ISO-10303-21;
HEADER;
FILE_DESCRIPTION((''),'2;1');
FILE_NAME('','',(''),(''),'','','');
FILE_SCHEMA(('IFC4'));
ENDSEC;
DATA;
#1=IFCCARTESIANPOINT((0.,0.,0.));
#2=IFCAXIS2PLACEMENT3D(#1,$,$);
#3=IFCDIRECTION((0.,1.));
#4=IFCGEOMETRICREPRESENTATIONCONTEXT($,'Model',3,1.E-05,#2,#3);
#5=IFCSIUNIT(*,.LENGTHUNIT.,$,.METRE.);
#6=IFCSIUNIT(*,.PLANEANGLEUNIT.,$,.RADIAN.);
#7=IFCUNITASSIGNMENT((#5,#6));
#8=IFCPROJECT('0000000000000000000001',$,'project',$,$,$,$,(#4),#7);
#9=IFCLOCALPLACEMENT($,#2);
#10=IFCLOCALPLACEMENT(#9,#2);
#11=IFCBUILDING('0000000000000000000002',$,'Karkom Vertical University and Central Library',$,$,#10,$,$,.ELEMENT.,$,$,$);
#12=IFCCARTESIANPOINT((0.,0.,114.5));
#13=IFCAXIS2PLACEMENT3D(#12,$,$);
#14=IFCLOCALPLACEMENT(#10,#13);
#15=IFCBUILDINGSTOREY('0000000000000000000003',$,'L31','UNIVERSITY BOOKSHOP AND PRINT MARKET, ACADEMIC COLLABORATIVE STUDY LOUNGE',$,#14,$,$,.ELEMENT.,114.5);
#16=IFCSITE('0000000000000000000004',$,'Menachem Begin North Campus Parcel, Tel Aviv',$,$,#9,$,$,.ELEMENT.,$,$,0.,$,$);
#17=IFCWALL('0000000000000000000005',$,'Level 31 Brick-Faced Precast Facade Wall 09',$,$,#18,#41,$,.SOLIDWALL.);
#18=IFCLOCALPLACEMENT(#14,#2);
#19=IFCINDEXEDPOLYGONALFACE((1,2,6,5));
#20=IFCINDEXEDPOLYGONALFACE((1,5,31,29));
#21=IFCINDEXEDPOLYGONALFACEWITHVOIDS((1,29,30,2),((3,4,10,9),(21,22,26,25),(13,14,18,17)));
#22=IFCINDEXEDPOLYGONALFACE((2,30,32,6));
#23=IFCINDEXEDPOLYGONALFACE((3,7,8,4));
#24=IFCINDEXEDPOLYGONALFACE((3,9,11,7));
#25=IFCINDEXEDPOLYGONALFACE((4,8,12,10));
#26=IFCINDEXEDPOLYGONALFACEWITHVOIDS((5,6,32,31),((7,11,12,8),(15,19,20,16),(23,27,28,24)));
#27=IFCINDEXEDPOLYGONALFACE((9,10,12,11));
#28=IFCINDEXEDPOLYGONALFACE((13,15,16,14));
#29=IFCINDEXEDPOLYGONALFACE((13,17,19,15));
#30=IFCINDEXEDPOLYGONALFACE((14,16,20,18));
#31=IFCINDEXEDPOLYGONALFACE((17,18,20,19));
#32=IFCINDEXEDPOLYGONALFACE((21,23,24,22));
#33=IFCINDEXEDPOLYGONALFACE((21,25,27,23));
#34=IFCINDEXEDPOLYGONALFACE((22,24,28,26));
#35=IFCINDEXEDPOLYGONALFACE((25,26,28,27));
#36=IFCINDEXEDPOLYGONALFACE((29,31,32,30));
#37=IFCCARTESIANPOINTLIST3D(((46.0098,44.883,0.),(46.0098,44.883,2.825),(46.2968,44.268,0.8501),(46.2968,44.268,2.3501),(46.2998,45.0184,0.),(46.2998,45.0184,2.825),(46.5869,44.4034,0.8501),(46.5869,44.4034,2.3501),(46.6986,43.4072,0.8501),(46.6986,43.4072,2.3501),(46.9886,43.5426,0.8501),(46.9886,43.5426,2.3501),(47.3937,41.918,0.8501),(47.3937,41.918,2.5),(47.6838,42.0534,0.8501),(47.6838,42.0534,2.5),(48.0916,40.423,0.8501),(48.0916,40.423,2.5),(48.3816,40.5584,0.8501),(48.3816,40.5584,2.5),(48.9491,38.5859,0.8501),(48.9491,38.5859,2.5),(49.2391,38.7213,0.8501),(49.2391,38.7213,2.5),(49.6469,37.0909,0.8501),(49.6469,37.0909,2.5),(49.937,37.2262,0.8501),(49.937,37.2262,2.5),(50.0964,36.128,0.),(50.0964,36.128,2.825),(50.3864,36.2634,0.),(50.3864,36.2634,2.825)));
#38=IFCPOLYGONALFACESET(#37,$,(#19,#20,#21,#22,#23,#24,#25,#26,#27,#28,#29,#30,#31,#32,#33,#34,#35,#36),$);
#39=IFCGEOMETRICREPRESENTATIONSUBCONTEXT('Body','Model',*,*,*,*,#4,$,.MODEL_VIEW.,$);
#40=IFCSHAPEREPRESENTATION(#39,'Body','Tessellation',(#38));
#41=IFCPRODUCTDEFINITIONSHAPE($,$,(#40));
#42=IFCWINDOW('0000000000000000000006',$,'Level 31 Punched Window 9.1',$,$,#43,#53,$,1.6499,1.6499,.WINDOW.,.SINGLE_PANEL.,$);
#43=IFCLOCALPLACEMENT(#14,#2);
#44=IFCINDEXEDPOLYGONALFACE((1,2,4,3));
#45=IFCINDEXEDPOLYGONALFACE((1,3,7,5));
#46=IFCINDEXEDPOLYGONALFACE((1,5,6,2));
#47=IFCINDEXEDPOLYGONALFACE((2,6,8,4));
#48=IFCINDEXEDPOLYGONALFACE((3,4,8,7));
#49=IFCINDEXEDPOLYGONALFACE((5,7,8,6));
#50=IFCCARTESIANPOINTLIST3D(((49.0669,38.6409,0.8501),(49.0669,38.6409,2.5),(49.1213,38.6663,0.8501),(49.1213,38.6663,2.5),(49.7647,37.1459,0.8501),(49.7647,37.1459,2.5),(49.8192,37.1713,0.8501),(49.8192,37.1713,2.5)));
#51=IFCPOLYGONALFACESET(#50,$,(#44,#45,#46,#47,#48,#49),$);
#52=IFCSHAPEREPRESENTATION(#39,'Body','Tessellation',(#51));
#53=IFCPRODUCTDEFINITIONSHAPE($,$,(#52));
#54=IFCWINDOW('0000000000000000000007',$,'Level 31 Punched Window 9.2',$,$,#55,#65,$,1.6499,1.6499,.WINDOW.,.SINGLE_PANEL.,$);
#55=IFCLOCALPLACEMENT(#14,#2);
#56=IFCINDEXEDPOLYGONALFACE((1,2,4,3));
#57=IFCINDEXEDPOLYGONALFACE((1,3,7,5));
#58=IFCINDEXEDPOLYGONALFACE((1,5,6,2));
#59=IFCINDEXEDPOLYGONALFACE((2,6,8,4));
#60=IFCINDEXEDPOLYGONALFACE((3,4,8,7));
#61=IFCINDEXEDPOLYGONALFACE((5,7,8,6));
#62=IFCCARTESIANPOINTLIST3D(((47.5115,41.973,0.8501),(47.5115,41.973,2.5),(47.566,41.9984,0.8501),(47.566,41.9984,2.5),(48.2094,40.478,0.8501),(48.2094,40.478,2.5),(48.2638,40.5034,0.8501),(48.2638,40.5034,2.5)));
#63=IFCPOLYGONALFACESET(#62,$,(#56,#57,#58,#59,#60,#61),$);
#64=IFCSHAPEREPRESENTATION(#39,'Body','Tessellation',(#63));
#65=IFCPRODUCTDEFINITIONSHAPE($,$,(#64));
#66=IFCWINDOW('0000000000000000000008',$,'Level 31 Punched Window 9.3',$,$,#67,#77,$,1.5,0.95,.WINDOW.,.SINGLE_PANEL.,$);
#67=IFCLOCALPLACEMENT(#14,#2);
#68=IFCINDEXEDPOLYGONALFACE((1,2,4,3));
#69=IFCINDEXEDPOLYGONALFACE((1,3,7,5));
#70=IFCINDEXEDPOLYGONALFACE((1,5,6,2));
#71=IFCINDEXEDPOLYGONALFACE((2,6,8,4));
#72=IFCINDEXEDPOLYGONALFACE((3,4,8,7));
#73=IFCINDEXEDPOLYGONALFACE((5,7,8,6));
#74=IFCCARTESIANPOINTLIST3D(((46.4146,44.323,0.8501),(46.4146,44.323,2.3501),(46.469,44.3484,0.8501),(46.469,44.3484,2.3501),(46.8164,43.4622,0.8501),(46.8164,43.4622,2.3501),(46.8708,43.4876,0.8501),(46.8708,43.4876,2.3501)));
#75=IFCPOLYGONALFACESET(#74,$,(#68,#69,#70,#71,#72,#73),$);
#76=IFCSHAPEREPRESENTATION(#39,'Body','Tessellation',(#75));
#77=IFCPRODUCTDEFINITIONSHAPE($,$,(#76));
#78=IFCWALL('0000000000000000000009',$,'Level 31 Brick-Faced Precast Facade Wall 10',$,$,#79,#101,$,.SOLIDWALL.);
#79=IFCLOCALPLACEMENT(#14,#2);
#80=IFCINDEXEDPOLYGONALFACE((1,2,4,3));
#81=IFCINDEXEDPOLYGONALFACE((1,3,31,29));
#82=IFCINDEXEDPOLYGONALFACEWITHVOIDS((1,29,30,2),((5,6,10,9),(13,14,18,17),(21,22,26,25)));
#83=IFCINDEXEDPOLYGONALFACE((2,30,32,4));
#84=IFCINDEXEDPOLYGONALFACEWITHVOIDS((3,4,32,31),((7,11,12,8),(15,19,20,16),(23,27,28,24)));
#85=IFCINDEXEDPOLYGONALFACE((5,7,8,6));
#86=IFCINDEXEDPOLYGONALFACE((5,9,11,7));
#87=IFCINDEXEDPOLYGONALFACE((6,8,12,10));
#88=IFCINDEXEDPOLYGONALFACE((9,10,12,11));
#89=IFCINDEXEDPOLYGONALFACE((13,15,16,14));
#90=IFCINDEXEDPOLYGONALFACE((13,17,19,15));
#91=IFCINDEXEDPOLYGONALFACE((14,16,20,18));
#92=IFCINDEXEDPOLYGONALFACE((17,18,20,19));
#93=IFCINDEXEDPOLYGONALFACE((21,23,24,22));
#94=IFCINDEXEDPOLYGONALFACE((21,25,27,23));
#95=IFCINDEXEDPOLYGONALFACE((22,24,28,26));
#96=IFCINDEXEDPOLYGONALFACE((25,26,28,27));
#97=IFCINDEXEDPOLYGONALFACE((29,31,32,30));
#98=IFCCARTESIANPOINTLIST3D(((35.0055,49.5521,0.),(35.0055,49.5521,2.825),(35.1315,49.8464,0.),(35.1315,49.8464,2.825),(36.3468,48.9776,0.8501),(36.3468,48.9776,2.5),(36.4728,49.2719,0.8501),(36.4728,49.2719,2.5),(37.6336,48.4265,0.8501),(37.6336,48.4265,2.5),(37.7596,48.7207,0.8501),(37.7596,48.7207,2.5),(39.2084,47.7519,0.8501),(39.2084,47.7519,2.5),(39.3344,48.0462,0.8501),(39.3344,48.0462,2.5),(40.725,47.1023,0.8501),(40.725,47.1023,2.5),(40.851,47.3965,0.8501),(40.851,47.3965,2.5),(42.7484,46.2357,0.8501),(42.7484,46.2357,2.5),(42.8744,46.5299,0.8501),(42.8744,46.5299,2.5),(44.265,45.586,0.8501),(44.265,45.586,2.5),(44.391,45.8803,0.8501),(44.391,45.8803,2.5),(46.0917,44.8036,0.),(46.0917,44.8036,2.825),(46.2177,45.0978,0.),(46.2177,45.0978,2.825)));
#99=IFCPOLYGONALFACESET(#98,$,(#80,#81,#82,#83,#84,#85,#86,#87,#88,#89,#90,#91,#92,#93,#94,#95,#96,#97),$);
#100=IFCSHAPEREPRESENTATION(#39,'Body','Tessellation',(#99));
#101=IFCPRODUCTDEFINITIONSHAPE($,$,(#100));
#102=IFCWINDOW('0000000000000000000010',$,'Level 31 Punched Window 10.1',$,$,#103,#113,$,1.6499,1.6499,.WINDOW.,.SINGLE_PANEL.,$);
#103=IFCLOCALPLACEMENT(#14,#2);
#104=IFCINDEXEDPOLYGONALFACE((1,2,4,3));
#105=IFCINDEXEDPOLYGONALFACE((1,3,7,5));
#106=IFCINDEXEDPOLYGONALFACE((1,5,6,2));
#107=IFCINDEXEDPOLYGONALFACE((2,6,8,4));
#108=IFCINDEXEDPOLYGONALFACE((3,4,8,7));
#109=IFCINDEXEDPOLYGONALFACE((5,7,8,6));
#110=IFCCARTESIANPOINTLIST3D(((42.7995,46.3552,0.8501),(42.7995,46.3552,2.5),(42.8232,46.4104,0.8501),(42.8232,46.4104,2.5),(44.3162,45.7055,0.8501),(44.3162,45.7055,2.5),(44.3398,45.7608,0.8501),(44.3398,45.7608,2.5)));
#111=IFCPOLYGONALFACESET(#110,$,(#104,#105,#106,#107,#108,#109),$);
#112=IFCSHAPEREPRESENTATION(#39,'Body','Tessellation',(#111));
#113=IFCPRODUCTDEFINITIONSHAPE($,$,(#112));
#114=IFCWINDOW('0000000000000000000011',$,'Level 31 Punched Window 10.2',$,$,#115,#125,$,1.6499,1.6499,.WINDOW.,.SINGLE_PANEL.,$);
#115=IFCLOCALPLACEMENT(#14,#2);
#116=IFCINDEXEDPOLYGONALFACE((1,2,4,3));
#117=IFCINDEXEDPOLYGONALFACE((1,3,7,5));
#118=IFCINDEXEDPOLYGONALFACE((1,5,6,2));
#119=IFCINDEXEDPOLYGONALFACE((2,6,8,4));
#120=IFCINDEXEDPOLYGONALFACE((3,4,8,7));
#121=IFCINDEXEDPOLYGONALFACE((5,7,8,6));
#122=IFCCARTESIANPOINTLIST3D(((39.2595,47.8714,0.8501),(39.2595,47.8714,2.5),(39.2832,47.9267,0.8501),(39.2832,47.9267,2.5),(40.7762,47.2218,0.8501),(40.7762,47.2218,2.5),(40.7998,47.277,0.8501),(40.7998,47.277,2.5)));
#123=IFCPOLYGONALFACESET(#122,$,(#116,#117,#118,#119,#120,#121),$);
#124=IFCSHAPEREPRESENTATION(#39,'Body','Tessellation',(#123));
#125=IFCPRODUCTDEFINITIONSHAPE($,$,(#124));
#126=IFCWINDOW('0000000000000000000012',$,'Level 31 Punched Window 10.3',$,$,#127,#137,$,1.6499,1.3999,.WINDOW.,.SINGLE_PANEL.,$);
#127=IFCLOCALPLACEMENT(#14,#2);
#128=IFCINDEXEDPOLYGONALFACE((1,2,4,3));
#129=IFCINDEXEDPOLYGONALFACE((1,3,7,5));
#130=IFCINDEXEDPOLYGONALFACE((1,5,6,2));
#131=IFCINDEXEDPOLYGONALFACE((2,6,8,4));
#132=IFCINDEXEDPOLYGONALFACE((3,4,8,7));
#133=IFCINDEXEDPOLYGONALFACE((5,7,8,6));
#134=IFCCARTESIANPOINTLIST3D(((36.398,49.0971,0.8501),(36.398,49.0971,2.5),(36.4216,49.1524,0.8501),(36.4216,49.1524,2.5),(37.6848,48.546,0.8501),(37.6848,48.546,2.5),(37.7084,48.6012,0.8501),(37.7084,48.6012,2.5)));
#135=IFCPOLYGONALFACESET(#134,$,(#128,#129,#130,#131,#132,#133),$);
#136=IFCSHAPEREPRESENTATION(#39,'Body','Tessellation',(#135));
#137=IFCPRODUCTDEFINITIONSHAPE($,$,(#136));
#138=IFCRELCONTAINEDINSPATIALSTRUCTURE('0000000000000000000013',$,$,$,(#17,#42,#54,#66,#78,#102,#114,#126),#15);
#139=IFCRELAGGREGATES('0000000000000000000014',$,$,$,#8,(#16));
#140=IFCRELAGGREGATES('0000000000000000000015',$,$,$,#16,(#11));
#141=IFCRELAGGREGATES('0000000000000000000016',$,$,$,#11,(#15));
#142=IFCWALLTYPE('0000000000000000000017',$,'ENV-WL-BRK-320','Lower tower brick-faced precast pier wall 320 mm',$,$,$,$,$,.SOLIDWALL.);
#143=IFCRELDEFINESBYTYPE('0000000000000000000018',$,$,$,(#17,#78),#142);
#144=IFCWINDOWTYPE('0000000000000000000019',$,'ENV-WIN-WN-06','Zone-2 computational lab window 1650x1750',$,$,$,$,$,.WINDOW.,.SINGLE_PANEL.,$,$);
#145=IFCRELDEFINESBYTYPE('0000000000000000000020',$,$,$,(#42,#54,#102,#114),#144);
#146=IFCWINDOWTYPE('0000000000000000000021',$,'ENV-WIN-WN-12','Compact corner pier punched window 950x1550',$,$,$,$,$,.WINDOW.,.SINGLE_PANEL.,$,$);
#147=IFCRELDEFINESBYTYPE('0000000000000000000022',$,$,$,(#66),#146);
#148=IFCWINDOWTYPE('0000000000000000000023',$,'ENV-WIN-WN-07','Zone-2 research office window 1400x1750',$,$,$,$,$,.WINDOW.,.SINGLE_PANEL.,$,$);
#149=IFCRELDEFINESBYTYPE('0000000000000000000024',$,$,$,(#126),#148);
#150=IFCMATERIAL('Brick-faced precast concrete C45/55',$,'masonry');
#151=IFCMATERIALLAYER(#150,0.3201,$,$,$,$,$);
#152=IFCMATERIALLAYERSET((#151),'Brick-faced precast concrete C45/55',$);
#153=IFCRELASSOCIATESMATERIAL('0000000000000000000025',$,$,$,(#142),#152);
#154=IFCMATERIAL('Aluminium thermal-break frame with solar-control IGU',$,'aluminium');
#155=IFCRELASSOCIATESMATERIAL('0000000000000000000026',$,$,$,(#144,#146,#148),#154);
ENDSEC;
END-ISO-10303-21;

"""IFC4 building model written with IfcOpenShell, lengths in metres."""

from ifc_helpers import new_model, si_unit, direction, frame, frame_2d, origin, origin_with_axes, place, context, subcontext, project, spatial, rectangle, extrude, source, transform, mapped, material, layer, layer_set, type_object, element, fill, save


model = new_model("IFC4")

# Units and contexts
model_context = context("Model", 3, precision=1e-05, world=origin(), true_north=direction((0.0, 1.0)))
body_context = subcontext(model_context, "Body", "Model", "MODEL_VIEW")
ifc_project = project(units=[si_unit("LENGTHUNIT", "METRE"), si_unit("PLANEANGLEUNIT", "RADIAN")], contexts=[model_context])

# Site, building, storey
site_placement = place(None, origin())
site = spatial("IfcSite", under=ifc_project, at=site_placement, Name="Menachem Begin North Campus Parcel, Tel Aviv", CompositionType="ELEMENT", RefElevation=0.0)
building_placement = place(site_placement, origin())
building = spatial("IfcBuilding", under=site, at=building_placement, Name="Karkom Vertical University and Central Library", CompositionType="ELEMENT")
storey_placement = place(building_placement, frame((0.0, 0.0, 114.5)))
storey = spatial("IfcBuildingStorey", under=building, at=storey_placement, Name="L31", Description="UNIVERSITY BOOKSHOP AND PRINT MARKET, ACADEMIC COLLABORATIVE STUDY LOUNGE", CompositionType="ELEMENT", Elevation=114.5)

# Walls, openings, windows
ifc_material_1 = material(Name="Brick-faced precast concrete C45/55", Category="masonry")
ifc_layer_1 = layer(ifc_material_1, 0.3201)
ifc_layer_set_1 = layer_set([ifc_layer_1], Name="Brick-faced precast concrete C45/55")
wall_type_1 = type_object("IfcWallType", Name="ENV-WL-BRK-320", Description="Lower tower brick-faced precast pier wall 320 mm", PredefinedType="SOLIDWALL", material=ifc_layer_set_1)
wall_1_placement = place(storey_placement, frame((50.2415, 36.1956, 0.0), z_axis=(0.0, 0.0, 1.0), x_axis=(-0.422966, 0.906146, 0.0)))
wall_1 = element("IfcWall", 1, at=wall_1_placement, inside=storey, type_object=wall_type_1, Name="Level 31 Brick-Faced Precast Facade Wall 09", PredefinedType="SOLIDWALL", context=body_context, shape_type="SweptSolid", body=[
    extrude(rectangle(XDim=9.6619, YDim=0.3201, at=frame_2d((4.8311, 0.0))), origin(), (0.0, 0.0, 1.0), 2.825),
])
opening_1_placement = place(wall_1_placement, frame((1.0627, 0.0, 0.8501)))
opening_1 = element("IfcOpeningElement", 2, at=opening_1_placement, cuts=wall_1, PredefinedType="OPENING", context=body_context, shape_type="SweptSolid", body=[
    extrude(rectangle(XDim=1.6499, YDim=1.6499, at=frame_2d((0.825, 0.825))), frame((0.0, 0.1699, 0.0), z_axis=(0.0, -1.0, 0.0), x_axis=(1.0, 0.0, 0.0)), (0.0, 0.0, 1.0), 0.3401),
])
opening_2_placement = place(wall_1_placement, frame((4.74, 0.0, 0.8501)))
opening_2 = element("IfcOpeningElement", 3, at=opening_2_placement, cuts=wall_1, PredefinedType="OPENING", context=body_context, shape_type="SweptSolid", body=[
    extrude(rectangle(XDim=1.6499, YDim=1.6499, at=frame_2d((0.825, 0.825))), frame((0.0, 0.1699, 0.0), z_axis=(0.0, -1.0, 0.0), x_axis=(1.0, 0.0, 0.0)), (0.0, 0.0, 1.0), 0.3401),
])
opening_3_placement = place(wall_1_placement, frame((8.0332, 0.0, 0.8501)))
opening_3 = element("IfcOpeningElement", 4, at=opening_3_placement, cuts=wall_1, PredefinedType="OPENING", context=body_context, shape_type="SweptSolid", body=[
    extrude(rectangle(XDim=0.95, YDim=1.5, at=frame_2d((0.4751, 0.75))), frame((0.0, 0.1699, 0.0), z_axis=(0.0, -1.0, 0.0), x_axis=(1.0, 0.0, 0.0)), (0.0, 0.0, 1.0), 0.3401),
])
ifc_material_2 = material(Name="Aluminium thermal-break frame with solar-control IGU", Category="aluminium")
window_type_1 = type_object("IfcWindowType", Name="ENV-WIN-WN-06", Description="Zone-2 computational lab window 1650x1750", PartitioningType="SINGLE_PANEL", PredefinedType="WINDOW", material=ifc_material_2)
shared_shape_1 = source(origin_with_axes(), body_context, "Body", "SweptSolid", [
    extrude(rectangle(XDim=1.6499, YDim=1.6499, at=frame_2d((0.825, 0.825))), frame((0.0, 0.03, 0.0), z_axis=(0.0, -1.0, 0.0), x_axis=(1.0, 0.0, 0.0)), (0.0, 0.0, 1.0), 0.0601),
])
window_1_placement = place(opening_1_placement, origin())
window_1 = element("IfcWindow", 5, at=window_1_placement, inside=storey, type_object=window_type_1, Name="Level 31 Punched Window 9.1", OverallHeight=1.6499, OverallWidth=1.6499, PartitioningType="SINGLE_PANEL", PredefinedType="WINDOW", context=body_context, shape_type="MappedRepresentation", body=[
    mapped(shared_shape_1, transform((0.0, 0.0, 0.0), scale=1.0)),
])
fill(opening_1, window_1)
window_2_placement = place(opening_2_placement, origin())
window_2 = element("IfcWindow", 6, at=window_2_placement, inside=storey, type_object=window_type_1, Name="Level 31 Punched Window 9.2", OverallHeight=1.6499, OverallWidth=1.6499, PartitioningType="SINGLE_PANEL", PredefinedType="WINDOW", context=body_context, shape_type="MappedRepresentation", body=[
    mapped(shared_shape_1, transform((0.0, 0.0, 0.0), scale=1.0)),
])
fill(opening_2, window_2)
window_type_2 = type_object("IfcWindowType", Name="ENV-WIN-WN-12", Description="Compact corner pier punched window 950x1550", PartitioningType="SINGLE_PANEL", PredefinedType="WINDOW", material=ifc_material_2)
shared_shape_2 = source(origin_with_axes(), body_context, "Body", "SweptSolid", [
    extrude(rectangle(XDim=0.95, YDim=1.5, at=frame_2d((0.4751, 0.75))), frame((0.0, 0.03, 0.0), z_axis=(0.0, -1.0, 0.0), x_axis=(1.0, 0.0, 0.0)), (0.0, 0.0, 1.0), 0.0601),
])
window_3_placement = place(opening_3_placement, origin())
window_3 = element("IfcWindow", 7, at=window_3_placement, inside=storey, type_object=window_type_2, Name="Level 31 Punched Window 9.3", OverallHeight=1.5, OverallWidth=0.95, PartitioningType="SINGLE_PANEL", PredefinedType="WINDOW", context=body_context, shape_type="MappedRepresentation", body=[
    mapped(shared_shape_2, transform((0.0, 0.0, 0.0), scale=1.0)),
])
fill(opening_3, window_3)
wall_2_placement = place(storey_placement, frame((46.1548, 44.9507, 0.0), z_axis=(0.0, 0.0, 1.0), x_axis=(-0.919226, 0.393731, 0.0)))
wall_2 = element("IfcWall", 8, at=wall_2_placement, inside=storey, type_object=wall_type_1, Name="Level 31 Brick-Faced Precast Facade Wall 10", PredefinedType="SOLIDWALL", context=body_context, shape_type="SweptSolid", body=[
    extrude(rectangle(XDim=12.0603, YDim=0.3201, at=frame_2d((6.0303, 0.0))), origin(), (0.0, 0.0, 1.0), 2.825),
])
opening_4_placement = place(wall_2_placement, frame((1.9873, 0.0, 0.8501)))
opening_4 = element("IfcOpeningElement", 9, at=opening_4_placement, cuts=wall_2, PredefinedType="OPENING", context=body_context, shape_type="SweptSolid", body=[
    extrude(rectangle(XDim=1.6499, YDim=1.6499, at=frame_2d((0.825, 0.825))), frame((0.0, 0.1699, 0.0), z_axis=(0.0, -1.0, 0.0), x_axis=(1.0, 0.0, 0.0)), (0.0, 0.0, 1.0), 0.3401),
])
opening_5_placement = place(wall_2_placement, frame((5.8384, 0.0, 0.8501)))
opening_5 = element("IfcOpeningElement", 10, at=opening_5_placement, cuts=wall_2, PredefinedType="OPENING", context=body_context, shape_type="SweptSolid", body=[
    extrude(rectangle(XDim=1.6499, YDim=1.6499, at=frame_2d((0.825, 0.825))), frame((0.0, 0.1699, 0.0), z_axis=(0.0, -1.0, 0.0), x_axis=(1.0, 0.0, 0.0)), (0.0, 0.0, 1.0), 0.3401),
])
opening_6_placement = place(wall_2_placement, frame((9.2014, 0.0, 0.8501)))
opening_6 = element("IfcOpeningElement", 11, at=opening_6_placement, cuts=wall_2, PredefinedType="OPENING", context=body_context, shape_type="SweptSolid", body=[
    extrude(rectangle(XDim=1.3999, YDim=1.6499, at=frame_2d((0.7, 0.825))), frame((0.0, 0.1699, 0.0), z_axis=(0.0, -1.0, 0.0), x_axis=(1.0, 0.0, 0.0)), (0.0, 0.0, 1.0), 0.3401),
])
window_4_placement = place(opening_4_placement, origin())
window_4 = element("IfcWindow", 12, at=window_4_placement, inside=storey, type_object=window_type_1, Name="Level 31 Punched Window 10.1", OverallHeight=1.6499, OverallWidth=1.6499, PartitioningType="SINGLE_PANEL", PredefinedType="WINDOW", context=body_context, shape_type="MappedRepresentation", body=[
    mapped(shared_shape_1, transform((0.0, 0.0, 0.0), scale=1.0)),
])
fill(opening_4, window_4)
window_5_placement = place(opening_5_placement, origin())
window_5 = element("IfcWindow", 13, at=window_5_placement, inside=storey, type_object=window_type_1, Name="Level 31 Punched Window 10.2", OverallHeight=1.6499, OverallWidth=1.6499, PartitioningType="SINGLE_PANEL", PredefinedType="WINDOW", context=body_context, shape_type="MappedRepresentation", body=[
    mapped(shared_shape_1, transform((0.0, 0.0, 0.0), scale=1.0)),
])
fill(opening_5, window_5)
window_type_3 = type_object("IfcWindowType", Name="ENV-WIN-WN-07", Description="Zone-2 research office window 1400x1750", PartitioningType="SINGLE_PANEL", PredefinedType="WINDOW", material=ifc_material_2)
shared_shape_3 = source(origin_with_axes(), body_context, "Body", "SweptSolid", [
    extrude(rectangle(XDim=1.3999, YDim=1.6499, at=frame_2d((0.7, 0.825))), frame((0.0, 0.03, 0.0), z_axis=(0.0, -1.0, 0.0), x_axis=(1.0, 0.0, 0.0)), (0.0, 0.0, 1.0), 0.0601),
])
window_6_placement = place(opening_6_placement, origin())
window_6 = element("IfcWindow", 14, at=window_6_placement, inside=storey, type_object=window_type_3, Name="Level 31 Punched Window 10.3", OverallHeight=1.6499, OverallWidth=1.3999, PartitioningType="SINGLE_PANEL", PredefinedType="WINDOW", context=body_context, shape_type="MappedRepresentation", body=[
    mapped(shared_shape_3, transform((0.0, 0.0, 0.0), scale=1.0)),
])
fill(opening_6, window_6)

save(model, "model.ifc")
